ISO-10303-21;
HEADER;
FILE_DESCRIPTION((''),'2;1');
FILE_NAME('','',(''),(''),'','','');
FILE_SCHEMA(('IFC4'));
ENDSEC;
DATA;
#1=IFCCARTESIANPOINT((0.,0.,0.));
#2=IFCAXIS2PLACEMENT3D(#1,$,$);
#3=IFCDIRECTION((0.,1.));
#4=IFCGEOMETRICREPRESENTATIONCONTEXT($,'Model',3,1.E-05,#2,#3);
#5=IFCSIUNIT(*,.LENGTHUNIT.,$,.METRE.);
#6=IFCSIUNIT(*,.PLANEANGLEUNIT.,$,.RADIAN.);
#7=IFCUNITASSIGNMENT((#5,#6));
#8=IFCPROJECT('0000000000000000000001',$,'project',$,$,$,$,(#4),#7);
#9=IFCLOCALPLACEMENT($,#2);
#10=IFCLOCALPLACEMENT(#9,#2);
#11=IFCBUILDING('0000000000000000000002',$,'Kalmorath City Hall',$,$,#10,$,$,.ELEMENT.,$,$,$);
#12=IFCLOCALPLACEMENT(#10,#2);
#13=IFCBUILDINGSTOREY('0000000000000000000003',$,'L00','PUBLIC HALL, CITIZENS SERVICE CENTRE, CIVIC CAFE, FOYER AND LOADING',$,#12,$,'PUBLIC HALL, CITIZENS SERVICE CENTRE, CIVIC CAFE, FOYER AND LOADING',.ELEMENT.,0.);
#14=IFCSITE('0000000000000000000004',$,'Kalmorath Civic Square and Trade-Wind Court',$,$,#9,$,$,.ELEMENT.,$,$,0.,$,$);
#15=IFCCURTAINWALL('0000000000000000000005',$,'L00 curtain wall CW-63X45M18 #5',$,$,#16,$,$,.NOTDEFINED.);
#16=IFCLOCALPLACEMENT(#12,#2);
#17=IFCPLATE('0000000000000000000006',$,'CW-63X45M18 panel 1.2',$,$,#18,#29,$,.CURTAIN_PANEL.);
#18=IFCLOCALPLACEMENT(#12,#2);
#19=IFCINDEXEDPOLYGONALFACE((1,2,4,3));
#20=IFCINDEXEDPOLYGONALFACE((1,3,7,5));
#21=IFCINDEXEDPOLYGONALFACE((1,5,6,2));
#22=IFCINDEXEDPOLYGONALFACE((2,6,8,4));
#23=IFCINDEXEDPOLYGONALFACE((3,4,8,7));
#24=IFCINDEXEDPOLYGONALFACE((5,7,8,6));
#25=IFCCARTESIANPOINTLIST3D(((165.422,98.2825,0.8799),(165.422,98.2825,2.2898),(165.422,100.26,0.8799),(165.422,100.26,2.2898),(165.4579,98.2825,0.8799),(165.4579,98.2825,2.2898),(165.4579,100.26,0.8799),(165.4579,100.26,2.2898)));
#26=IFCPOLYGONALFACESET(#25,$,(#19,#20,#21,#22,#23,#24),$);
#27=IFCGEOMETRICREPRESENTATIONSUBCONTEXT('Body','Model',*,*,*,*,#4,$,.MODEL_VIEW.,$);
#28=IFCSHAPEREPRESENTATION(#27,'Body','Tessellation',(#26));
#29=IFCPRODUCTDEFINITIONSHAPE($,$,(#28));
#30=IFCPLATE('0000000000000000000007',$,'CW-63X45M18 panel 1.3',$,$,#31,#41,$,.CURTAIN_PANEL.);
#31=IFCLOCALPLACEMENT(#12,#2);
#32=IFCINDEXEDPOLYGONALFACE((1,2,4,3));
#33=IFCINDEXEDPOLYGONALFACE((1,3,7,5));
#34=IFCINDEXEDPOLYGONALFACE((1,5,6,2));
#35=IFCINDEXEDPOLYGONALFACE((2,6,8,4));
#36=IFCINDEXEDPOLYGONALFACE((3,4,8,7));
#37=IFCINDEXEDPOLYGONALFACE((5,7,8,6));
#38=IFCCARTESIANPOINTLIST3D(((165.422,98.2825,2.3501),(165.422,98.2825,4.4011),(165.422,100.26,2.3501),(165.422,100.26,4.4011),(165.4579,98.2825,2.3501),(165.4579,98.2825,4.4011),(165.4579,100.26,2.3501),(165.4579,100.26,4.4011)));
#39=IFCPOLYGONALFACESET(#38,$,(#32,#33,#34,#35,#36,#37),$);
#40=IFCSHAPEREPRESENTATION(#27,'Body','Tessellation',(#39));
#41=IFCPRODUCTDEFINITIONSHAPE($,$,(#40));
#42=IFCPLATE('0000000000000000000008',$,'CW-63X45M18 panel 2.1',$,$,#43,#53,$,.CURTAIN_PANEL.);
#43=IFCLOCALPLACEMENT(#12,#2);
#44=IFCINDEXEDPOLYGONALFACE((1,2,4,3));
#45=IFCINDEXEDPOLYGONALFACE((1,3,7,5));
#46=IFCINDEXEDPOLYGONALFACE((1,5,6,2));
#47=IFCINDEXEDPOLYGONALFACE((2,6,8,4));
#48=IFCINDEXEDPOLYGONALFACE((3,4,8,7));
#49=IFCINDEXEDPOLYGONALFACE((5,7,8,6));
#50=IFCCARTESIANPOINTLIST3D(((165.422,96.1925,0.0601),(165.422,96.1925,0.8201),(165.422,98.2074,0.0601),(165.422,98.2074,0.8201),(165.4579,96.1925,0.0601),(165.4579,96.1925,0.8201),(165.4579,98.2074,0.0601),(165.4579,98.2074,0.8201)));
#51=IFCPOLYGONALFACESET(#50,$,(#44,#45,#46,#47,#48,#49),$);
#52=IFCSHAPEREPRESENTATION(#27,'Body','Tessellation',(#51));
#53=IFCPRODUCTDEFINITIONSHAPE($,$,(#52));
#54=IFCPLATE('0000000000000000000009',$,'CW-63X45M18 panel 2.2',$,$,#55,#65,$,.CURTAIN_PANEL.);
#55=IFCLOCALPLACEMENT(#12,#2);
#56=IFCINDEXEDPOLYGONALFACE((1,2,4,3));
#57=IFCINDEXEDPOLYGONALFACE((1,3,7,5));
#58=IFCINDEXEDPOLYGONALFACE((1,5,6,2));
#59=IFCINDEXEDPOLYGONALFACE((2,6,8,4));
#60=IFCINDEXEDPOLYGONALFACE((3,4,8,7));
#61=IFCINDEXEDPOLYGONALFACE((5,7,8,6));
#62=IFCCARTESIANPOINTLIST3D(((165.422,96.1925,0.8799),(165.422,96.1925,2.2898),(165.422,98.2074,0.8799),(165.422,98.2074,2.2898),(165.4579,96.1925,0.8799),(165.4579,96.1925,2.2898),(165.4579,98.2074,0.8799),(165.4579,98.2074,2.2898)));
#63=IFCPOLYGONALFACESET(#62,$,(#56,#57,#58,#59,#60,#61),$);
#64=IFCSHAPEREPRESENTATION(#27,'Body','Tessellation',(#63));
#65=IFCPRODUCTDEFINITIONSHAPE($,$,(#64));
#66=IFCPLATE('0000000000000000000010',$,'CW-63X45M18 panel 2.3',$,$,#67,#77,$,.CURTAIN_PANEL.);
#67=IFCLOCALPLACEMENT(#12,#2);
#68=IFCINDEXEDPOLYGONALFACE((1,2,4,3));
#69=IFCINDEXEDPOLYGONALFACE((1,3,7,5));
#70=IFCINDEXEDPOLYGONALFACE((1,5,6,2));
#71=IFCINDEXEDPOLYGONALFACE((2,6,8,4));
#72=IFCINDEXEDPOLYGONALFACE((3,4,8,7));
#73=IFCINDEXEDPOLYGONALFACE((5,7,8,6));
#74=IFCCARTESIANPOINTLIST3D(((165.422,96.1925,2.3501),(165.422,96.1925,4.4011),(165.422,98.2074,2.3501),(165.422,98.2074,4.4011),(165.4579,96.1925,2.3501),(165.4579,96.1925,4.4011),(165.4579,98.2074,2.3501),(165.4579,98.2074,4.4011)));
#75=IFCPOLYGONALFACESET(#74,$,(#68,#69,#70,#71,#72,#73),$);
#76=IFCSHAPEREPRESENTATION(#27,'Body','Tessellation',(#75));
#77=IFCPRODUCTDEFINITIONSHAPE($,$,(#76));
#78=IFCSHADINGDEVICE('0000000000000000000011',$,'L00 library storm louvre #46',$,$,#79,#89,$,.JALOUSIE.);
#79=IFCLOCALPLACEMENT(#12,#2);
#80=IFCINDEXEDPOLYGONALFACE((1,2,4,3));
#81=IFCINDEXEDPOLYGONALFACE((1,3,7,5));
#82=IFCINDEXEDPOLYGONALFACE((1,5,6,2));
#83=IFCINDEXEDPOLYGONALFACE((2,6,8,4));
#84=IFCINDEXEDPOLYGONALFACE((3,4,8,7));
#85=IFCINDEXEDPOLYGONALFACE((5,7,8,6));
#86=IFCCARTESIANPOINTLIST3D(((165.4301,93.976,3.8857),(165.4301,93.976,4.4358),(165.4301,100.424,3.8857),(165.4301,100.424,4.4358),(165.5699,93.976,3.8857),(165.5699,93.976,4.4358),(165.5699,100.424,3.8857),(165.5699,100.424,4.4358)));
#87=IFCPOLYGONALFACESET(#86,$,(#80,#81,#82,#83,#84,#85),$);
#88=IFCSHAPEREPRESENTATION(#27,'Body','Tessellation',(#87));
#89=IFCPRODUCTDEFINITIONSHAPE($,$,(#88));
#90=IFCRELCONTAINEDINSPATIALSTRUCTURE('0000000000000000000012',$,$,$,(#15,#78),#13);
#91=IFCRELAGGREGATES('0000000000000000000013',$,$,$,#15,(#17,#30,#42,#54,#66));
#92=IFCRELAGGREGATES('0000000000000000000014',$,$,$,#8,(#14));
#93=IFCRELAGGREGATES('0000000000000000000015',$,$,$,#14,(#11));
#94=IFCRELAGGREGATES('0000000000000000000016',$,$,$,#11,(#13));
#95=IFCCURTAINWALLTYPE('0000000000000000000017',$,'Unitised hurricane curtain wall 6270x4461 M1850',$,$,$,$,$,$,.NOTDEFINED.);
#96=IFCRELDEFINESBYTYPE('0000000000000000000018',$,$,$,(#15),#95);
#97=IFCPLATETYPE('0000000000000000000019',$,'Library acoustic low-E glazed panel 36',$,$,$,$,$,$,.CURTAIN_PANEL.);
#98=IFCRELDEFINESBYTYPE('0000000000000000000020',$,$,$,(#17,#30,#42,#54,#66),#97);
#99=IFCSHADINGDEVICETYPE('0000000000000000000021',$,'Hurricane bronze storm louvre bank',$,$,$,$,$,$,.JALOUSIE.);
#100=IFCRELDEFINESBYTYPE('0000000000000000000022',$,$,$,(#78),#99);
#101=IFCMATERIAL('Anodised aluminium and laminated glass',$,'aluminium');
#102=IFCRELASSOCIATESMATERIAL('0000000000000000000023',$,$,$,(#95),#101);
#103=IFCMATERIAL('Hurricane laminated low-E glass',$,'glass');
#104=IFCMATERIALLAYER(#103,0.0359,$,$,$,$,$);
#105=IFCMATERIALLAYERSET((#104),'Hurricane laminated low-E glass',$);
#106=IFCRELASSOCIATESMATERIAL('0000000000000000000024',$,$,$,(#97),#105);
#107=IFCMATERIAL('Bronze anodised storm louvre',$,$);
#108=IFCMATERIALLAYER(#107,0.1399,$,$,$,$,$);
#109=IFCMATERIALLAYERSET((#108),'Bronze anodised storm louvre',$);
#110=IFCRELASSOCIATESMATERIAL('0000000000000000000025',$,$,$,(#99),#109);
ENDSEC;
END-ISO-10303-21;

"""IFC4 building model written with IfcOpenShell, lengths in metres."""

from ifc_helpers import new_model, si_unit, direction, frame, origin, origin_2d, place, context, subcontext, project, spatial, rectangle, extrude, material, layer, layer_set, type_object, element, aggregate, save


model = new_model("IFC4")

# Units and contexts
model_context = context("Model", 3, precision=1e-05, world=origin(), true_north=direction((0.0, 1.0)))
body_context = subcontext(model_context, "Body", "Model", "MODEL_VIEW")
ifc_project = project(units=[si_unit("LENGTHUNIT", "METRE"), si_unit("PLANEANGLEUNIT", "RADIAN")], contexts=[model_context])

# Site, building, storey
site_placement = place(None, origin())
site = spatial("IfcSite", under=ifc_project, at=site_placement, Name="Kalmorath Civic Square and Trade-Wind Court", CompositionType="ELEMENT", RefElevation=0.0)
building_placement = place(site_placement, origin())
building = spatial("IfcBuilding", under=site, at=building_placement, Name="Kalmorath City Hall", CompositionType="ELEMENT")
storey_placement = place(building_placement, origin())
storey = spatial("IfcBuildingStorey", under=building, at=storey_placement, Name="L00", Description="PUBLIC HALL, CITIZENS SERVICE CENTRE, CIVIC CAFE, FOYER AND LOADING", LongName="PUBLIC HALL, CITIZENS SERVICE CENTRE, CIVIC CAFE, FOYER AND LOADING", CompositionType="ELEMENT", Elevation=0.0)

# Curtain wall
ifc_material_1 = material(Name="Anodised aluminium and laminated glass", Category="aluminium")
curtain_wall_type_1 = type_object("IfcCurtainWallType", Name="Unitised hurricane curtain wall 6270x4461 M1850", PredefinedType="NOTDEFINED", material=ifc_material_1)
curtain_wall_1_placement = place(storey_placement, origin())
curtain_wall_1 = element("IfcCurtainWall", 1, at=curtain_wall_1_placement, inside=storey, type_object=curtain_wall_type_1, Name="L00 curtain wall CW-63X45M18 #5", PredefinedType="NOTDEFINED")

# Plates
ifc_material_2 = material(Name="Hurricane laminated low-E glass", Category="glass")
ifc_layer_1 = layer(ifc_material_2, 0.0359)
ifc_layer_set_1 = layer_set([ifc_layer_1], Name="Hurricane laminated low-E glass")
plate_type = type_object("IfcPlateType", Name="Library acoustic low-E glazed panel 36", PredefinedType="CURTAIN_PANEL", material=ifc_layer_set_1)
plate_1_placement = place(storey_placement, frame((165.4399, 99.2712, 0.8799), z_axis=(0.0, 0.0, 1.0), x_axis=(0.0, -1.0, 0.0)))
plate_1 = element("IfcPlate", 2, at=plate_1_placement, type_object=plate_type, Name="CW-63X45M18 panel 1.2", PredefinedType="CURTAIN_PANEL", context=body_context, shape_type="SweptSolid", body=[
    extrude(rectangle(XDim=1.9775, YDim=0.0359, at=origin_2d()), origin(), (0.0, 0.0, 1.0), 1.4099),
])
plate_2_placement = place(storey_placement, frame((165.4399, 99.2712, 2.3501), z_axis=(0.0, 0.0, 1.0), x_axis=(0.0, -1.0, 0.0)))
plate_2 = element("IfcPlate", 3, at=plate_2_placement, type_object=plate_type, Name="CW-63X45M18 panel 1.3", PredefinedType="CURTAIN_PANEL", context=body_context, shape_type="SweptSolid", body=[
    extrude(rectangle(XDim=1.9775, YDim=0.0359, at=origin_2d()), origin(), (0.0, 0.0, 1.0), 2.051),
])
plate_3_placement = place(storey_placement, frame((165.4399, 97.2, 0.0601), z_axis=(0.0, 0.0, 1.0), x_axis=(0.0, -1.0, 0.0)))
plate_3 = element("IfcPlate", 4, at=plate_3_placement, type_object=plate_type, Name="CW-63X45M18 panel 2.1", PredefinedType="CURTAIN_PANEL", context=body_context, shape_type="SweptSolid", body=[
    extrude(rectangle(XDim=2.0149, YDim=0.0359, at=origin_2d()), origin(), (0.0, 0.0, 1.0), 0.76),
])
plate_4_placement = place(storey_placement, frame((165.4399, 97.2, 0.8799), z_axis=(0.0, 0.0, 1.0), x_axis=(0.0, -1.0, 0.0)))
plate_4 = element("IfcPlate", 5, at=plate_4_placement, type_object=plate_type, Name="CW-63X45M18 panel 2.2", PredefinedType="CURTAIN_PANEL", context=body_context, shape_type="SweptSolid", body=[
    extrude(rectangle(XDim=2.0149, YDim=0.0359, at=origin_2d()), origin(), (0.0, 0.0, 1.0), 1.4099),
])
plate_5_placement = place(storey_placement, frame((165.4399, 97.2, 2.3501), z_axis=(0.0, 0.0, 1.0), x_axis=(0.0, -1.0, 0.0)))
plate_5 = element("IfcPlate", 6, at=plate_5_placement, type_object=plate_type, Name="CW-63X45M18 panel 2.3", PredefinedType="CURTAIN_PANEL", context=body_context, shape_type="SweptSolid", body=[
    extrude(rectangle(XDim=2.0149, YDim=0.0359, at=origin_2d()), origin(), (0.0, 0.0, 1.0), 2.051),
])
aggregate(curtain_wall_1, [plate_1, plate_2, plate_3, plate_4, plate_5])

# Shading device
ifc_material_3 = material(Name="Bronze anodised storm louvre")
ifc_layer_2 = layer(ifc_material_3, 0.1399)
ifc_layer_set_2 = layer_set([ifc_layer_2], Name="Bronze anodised storm louvre")
shading_device_type = type_object("IfcShadingDeviceType", Name="Hurricane bronze storm louvre bank", PredefinedType="JALOUSIE", material=ifc_layer_set_2)
shading_device_placement = place(storey_placement, frame((165.5, 97.2, 3.8857), z_axis=(0.0, 0.0, 1.0), x_axis=(0.0, -1.0, 0.0)))
element("IfcShadingDevice", 7, at=shading_device_placement, inside=storey, type_object=shading_device_type, Name="L00 library storm louvre #46", PredefinedType="JALOUSIE", context=body_context, shape_type="SweptSolid", body=[
    extrude(rectangle(XDim=6.448, YDim=0.1399, at=origin_2d()), origin(), (0.0, 0.0, 1.0), 0.55),
])

save(model, "model.ifc")
